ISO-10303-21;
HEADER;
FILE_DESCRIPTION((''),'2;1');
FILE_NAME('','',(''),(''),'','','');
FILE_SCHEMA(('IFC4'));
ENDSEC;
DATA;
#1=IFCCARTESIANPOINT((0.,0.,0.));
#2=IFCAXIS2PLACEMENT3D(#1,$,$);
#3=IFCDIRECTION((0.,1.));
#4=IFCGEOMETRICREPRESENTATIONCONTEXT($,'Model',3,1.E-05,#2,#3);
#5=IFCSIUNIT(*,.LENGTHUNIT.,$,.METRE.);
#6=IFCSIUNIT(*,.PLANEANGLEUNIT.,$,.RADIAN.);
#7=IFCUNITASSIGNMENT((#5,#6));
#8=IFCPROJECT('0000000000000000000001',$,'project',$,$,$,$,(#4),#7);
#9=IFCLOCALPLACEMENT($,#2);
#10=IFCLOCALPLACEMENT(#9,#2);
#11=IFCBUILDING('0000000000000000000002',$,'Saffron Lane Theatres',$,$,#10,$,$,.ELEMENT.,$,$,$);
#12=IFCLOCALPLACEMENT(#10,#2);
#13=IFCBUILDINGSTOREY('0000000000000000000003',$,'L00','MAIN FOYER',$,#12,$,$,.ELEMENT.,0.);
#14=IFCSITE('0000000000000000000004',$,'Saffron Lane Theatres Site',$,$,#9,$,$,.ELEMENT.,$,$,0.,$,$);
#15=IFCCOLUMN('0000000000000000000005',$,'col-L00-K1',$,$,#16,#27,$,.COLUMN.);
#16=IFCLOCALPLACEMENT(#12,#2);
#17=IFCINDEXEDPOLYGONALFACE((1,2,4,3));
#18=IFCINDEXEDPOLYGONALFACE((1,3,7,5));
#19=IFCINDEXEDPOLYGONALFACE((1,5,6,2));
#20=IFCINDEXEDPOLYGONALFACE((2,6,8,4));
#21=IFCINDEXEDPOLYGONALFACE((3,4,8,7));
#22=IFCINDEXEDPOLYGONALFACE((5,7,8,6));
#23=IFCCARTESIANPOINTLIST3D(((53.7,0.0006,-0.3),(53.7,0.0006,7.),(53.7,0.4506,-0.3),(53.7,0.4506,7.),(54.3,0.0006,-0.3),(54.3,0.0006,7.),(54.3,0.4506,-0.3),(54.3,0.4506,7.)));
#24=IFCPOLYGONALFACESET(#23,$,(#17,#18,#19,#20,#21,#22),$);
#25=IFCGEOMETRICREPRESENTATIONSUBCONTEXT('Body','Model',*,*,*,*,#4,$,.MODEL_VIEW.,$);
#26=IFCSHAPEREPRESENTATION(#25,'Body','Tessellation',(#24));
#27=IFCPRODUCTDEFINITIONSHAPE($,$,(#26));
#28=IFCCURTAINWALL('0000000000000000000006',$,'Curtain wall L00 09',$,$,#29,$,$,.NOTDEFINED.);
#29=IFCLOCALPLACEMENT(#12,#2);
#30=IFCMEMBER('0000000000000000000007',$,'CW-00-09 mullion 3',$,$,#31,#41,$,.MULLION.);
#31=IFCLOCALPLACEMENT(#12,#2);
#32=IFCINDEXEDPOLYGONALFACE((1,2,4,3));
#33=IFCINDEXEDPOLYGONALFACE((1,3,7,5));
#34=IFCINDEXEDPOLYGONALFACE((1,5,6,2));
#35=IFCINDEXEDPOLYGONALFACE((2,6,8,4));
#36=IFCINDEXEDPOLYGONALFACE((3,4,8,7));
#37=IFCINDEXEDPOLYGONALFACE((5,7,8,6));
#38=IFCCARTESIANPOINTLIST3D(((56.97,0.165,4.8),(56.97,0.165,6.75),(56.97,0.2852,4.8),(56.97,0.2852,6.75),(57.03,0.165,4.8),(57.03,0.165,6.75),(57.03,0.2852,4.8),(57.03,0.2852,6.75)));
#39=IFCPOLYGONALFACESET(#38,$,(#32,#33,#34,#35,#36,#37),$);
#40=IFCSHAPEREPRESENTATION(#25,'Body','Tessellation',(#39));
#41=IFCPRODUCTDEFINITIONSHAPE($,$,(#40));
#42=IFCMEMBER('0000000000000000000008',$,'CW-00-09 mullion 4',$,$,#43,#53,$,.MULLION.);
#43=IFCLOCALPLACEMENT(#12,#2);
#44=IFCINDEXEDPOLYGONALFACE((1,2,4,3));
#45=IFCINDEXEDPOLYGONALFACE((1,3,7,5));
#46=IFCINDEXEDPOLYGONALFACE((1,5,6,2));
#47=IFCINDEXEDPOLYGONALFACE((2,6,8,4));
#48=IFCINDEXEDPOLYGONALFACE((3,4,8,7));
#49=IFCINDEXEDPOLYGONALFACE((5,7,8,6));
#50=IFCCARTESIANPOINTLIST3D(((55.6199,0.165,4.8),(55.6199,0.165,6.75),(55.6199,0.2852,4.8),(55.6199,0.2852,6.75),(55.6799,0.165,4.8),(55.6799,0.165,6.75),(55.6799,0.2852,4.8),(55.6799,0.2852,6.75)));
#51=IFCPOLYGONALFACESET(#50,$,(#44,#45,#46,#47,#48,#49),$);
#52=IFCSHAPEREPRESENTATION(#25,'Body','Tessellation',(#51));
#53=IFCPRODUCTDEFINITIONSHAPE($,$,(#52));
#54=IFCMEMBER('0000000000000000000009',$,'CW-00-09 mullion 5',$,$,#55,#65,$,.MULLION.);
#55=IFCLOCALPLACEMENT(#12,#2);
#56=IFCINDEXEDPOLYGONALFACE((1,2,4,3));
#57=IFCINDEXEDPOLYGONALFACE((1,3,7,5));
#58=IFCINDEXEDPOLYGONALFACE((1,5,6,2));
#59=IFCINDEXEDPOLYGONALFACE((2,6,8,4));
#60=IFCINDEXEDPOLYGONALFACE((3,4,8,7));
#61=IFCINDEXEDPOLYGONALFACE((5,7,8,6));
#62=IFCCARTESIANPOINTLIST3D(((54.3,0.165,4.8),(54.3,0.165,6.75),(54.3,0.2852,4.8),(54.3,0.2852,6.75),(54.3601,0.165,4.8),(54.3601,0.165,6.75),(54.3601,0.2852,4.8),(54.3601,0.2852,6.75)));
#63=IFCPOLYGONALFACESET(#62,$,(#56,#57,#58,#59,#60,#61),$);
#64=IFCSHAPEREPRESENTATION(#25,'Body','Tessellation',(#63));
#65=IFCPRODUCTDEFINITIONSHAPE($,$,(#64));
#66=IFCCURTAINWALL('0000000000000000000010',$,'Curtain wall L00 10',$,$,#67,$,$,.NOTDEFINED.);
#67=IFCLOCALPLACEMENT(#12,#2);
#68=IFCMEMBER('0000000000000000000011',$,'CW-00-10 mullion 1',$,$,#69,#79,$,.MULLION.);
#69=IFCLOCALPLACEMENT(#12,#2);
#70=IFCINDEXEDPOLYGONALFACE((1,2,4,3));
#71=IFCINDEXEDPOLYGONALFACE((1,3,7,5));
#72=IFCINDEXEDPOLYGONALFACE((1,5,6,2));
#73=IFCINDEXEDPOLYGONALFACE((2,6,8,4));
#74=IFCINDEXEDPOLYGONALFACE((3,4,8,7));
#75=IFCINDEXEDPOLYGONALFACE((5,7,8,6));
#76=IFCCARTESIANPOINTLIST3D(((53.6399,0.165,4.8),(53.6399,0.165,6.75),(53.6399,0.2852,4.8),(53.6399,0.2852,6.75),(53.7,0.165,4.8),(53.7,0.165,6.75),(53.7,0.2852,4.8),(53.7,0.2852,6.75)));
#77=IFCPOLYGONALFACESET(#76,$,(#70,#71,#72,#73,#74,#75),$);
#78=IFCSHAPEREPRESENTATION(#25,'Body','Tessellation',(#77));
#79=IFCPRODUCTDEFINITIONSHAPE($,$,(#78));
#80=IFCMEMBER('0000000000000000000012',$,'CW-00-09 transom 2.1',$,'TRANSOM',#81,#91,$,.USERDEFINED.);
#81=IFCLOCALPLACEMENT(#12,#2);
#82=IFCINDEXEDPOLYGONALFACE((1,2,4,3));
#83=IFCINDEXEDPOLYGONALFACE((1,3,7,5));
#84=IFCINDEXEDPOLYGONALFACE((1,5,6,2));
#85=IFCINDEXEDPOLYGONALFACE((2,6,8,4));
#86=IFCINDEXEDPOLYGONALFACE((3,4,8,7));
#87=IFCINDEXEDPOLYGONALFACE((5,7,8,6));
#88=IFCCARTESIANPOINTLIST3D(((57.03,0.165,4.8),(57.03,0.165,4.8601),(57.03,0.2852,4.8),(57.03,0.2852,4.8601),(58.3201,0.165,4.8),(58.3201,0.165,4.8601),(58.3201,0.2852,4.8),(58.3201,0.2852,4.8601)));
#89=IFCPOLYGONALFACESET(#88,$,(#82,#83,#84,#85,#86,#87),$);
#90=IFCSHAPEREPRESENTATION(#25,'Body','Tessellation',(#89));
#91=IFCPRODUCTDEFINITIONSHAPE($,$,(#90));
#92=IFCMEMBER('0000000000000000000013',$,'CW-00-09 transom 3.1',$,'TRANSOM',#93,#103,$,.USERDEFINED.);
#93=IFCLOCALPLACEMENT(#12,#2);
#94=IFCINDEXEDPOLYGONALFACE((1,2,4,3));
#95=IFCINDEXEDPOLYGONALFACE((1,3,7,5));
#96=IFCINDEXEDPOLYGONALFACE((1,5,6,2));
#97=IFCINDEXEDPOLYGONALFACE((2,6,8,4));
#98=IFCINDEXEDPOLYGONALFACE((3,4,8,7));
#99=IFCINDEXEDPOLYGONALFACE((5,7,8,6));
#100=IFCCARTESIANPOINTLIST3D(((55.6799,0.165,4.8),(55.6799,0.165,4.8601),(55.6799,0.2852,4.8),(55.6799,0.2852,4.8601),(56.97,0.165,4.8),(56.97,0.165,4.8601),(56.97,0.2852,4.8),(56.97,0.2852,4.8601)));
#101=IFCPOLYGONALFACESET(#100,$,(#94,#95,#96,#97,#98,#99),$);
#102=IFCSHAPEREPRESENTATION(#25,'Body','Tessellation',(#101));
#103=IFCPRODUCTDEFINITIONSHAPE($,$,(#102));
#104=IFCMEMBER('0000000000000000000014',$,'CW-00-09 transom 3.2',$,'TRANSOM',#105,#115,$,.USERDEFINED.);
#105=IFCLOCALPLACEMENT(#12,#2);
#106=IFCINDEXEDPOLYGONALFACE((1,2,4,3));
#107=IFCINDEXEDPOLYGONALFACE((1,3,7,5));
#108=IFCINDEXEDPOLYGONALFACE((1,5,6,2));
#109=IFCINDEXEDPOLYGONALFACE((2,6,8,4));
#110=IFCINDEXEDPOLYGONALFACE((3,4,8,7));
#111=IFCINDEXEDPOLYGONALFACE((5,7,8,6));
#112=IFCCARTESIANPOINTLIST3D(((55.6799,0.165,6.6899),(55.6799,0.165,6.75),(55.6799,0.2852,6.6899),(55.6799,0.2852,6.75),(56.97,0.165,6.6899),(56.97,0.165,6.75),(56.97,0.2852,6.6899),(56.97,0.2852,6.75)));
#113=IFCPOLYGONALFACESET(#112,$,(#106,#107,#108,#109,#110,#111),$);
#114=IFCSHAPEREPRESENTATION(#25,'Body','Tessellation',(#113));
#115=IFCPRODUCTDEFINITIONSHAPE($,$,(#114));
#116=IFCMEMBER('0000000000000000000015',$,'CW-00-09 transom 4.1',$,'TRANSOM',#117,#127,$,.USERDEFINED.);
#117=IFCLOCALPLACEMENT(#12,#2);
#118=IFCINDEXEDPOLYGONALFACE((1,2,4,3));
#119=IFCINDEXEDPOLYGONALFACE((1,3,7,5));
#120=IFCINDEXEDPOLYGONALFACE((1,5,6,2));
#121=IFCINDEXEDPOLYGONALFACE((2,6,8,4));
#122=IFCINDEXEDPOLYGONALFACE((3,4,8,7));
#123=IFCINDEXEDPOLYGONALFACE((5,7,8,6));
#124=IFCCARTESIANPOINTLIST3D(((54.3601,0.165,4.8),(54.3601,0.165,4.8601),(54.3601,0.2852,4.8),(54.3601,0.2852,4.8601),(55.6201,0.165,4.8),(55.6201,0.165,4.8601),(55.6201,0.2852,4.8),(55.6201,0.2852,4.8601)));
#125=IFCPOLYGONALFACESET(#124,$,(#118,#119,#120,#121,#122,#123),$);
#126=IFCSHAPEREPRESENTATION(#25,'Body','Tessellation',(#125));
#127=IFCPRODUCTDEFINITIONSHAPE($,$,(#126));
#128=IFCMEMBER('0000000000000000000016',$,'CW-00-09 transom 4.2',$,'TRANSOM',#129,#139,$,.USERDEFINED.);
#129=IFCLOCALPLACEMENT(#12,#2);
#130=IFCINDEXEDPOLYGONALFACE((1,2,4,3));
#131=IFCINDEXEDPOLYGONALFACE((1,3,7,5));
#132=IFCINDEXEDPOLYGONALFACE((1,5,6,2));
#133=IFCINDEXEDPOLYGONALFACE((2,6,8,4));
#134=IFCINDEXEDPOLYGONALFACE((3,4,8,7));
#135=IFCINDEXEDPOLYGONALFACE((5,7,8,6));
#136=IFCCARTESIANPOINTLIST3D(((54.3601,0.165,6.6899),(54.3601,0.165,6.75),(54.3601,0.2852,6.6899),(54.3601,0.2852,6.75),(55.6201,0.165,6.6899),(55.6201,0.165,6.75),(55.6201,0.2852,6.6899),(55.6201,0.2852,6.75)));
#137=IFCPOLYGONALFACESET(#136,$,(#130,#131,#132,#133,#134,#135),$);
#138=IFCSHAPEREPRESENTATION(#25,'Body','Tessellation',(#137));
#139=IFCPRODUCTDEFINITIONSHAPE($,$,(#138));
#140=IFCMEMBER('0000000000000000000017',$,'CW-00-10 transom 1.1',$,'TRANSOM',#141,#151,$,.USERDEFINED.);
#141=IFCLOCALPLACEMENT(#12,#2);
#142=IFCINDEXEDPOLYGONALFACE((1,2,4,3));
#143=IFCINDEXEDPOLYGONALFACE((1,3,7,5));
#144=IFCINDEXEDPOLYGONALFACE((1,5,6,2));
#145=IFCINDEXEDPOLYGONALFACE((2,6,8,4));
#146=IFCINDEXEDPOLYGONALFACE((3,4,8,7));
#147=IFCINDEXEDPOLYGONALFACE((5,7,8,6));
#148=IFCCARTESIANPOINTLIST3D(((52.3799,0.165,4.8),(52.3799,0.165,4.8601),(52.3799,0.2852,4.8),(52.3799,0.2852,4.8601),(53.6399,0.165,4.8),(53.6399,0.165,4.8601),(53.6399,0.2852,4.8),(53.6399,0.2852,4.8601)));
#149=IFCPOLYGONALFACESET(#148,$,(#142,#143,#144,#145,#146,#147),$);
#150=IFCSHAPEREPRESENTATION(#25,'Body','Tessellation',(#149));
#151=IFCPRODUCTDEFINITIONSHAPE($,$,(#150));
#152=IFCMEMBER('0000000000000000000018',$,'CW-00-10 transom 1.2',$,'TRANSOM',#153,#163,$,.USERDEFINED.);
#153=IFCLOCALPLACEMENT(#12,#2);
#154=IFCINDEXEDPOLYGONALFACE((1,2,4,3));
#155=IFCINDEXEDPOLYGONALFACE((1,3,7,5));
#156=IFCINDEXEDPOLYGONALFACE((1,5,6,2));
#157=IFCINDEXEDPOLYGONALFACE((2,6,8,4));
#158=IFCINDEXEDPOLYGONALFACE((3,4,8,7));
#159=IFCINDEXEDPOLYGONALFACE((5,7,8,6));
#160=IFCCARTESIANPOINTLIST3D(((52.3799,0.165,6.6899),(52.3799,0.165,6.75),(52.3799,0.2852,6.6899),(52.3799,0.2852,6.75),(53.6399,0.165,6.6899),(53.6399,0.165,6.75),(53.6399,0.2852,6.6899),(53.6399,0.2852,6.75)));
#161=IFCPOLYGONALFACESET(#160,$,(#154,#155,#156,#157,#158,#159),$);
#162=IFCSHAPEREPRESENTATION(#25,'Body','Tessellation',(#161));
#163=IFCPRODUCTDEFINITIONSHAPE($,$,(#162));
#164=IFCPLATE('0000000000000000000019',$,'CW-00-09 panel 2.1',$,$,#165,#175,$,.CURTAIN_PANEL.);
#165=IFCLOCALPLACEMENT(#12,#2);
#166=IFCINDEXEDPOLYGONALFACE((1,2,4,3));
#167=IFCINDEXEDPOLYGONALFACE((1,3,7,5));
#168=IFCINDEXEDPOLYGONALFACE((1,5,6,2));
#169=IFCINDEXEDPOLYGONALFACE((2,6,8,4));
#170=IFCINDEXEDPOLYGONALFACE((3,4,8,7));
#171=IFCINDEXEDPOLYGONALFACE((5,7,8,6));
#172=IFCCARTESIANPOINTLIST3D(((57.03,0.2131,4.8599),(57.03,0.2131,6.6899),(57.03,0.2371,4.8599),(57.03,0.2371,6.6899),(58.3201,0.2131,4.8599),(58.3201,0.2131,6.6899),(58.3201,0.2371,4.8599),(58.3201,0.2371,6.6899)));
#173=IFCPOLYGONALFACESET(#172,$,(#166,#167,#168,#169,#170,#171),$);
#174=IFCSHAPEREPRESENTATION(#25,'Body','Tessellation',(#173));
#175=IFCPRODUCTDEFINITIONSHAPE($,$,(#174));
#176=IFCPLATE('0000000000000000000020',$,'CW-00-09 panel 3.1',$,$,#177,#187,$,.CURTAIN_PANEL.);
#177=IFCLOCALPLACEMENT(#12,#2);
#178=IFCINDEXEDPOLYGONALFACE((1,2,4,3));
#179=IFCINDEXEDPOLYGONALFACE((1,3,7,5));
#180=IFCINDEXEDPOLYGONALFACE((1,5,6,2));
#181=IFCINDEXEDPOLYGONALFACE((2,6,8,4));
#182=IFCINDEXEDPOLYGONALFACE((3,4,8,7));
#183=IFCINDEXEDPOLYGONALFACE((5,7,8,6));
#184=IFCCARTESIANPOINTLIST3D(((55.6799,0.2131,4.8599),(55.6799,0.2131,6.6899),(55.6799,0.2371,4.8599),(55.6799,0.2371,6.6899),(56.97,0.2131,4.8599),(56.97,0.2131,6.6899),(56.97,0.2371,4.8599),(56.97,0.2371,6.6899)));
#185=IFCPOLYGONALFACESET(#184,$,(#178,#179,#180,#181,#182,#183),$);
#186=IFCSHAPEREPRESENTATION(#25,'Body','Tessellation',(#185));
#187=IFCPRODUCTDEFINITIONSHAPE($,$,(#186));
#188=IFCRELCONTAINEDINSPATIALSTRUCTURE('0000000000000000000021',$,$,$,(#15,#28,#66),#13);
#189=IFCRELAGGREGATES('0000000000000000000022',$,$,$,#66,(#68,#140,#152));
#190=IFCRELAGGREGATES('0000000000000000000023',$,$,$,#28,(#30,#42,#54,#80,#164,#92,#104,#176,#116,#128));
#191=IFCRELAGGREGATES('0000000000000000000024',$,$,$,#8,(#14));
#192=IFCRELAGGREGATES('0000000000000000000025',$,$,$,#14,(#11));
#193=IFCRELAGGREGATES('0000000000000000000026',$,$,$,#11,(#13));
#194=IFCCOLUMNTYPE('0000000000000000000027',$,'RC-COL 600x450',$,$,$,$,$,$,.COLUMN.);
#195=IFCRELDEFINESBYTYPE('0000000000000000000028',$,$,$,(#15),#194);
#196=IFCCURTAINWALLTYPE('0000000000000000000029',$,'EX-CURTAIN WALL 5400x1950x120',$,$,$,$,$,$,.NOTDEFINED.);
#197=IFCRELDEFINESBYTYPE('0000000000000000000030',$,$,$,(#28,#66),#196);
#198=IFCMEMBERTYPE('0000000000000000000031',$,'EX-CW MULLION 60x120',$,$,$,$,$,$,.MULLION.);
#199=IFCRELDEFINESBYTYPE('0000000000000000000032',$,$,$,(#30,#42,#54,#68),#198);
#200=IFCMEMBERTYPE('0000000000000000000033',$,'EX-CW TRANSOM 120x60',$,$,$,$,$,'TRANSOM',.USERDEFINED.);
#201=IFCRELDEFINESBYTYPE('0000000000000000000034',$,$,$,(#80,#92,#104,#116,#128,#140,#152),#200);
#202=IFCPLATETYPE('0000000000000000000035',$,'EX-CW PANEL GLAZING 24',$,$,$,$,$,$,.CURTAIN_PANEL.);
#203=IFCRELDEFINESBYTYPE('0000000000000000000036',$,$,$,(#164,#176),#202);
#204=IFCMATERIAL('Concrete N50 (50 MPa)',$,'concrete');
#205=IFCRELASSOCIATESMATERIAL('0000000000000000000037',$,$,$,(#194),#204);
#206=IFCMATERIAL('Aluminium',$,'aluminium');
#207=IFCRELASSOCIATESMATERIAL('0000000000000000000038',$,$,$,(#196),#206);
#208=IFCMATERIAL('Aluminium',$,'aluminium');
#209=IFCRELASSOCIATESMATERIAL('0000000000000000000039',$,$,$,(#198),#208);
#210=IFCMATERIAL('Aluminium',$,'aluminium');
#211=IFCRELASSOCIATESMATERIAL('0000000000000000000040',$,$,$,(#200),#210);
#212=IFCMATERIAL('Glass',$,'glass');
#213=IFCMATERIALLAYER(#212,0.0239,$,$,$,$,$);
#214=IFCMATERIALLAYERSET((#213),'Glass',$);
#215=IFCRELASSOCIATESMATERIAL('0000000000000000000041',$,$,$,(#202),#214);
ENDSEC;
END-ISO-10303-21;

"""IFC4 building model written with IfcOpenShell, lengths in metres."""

from ifc_helpers import new_model, si_unit, direction, frame, origin, origin_2d, place, context, subcontext, project, spatial, rectangle, extrude, material, layer, layer_set, material_profile, profile_set, type_object, element, aggregate, save


model = new_model("IFC4")

# Units and contexts
model_context = context("Model", 3, precision=1e-05, world=origin(), true_north=direction((0.0, 1.0)))
body_context = subcontext(model_context, "Body", "Model", "MODEL_VIEW")
ifc_project = project(units=[si_unit("LENGTHUNIT", "METRE"), si_unit("PLANEANGLEUNIT", "RADIAN")], contexts=[model_context])

# Site, building, storey
site_placement = place(None, origin())
site = spatial("IfcSite", under=ifc_project, at=site_placement, Name="Saffron Lane Theatres Site", CompositionType="ELEMENT", RefElevation=0.0)
building_placement = place(site_placement, origin())
building = spatial("IfcBuilding", under=site, at=building_placement, Name="Saffron Lane Theatres", CompositionType="ELEMENT")
storey_placement = place(building_placement, origin())
storey = spatial("IfcBuildingStorey", under=building, at=storey_placement, Name="L00", Description="MAIN FOYER", CompositionType="ELEMENT", Elevation=0.0)

# Column
ifc_material_1 = material(Name="Concrete N50 (50 MPa)", Category="concrete")
ifc_material_profile_1 = material_profile(ifc_material_1, rectangle(XDim=0.6001, YDim=0.45, at=origin_2d()))
ifc_profile_set_1 = profile_set([ifc_material_profile_1], Name="Concrete N50 (50 MPa)")
column_type = type_object("IfcColumnType", Name="RC-COL 600x450", PredefinedType="COLUMN", material=ifc_profile_set_1)
column_placement = place(storey_placement, frame((54.0, 0.2256, -0.3), z_axis=(0.0, 0.0, 1.0), x_axis=(1.0, 0.0, 0.0)))
element("IfcColumn", 1, at=column_placement, inside=storey, type_object=column_type, Name="col-L00-K1", PredefinedType="COLUMN", context=body_context, shape_type="SweptSolid", body=[
    extrude(rectangle(XDim=0.6001, YDim=0.45, at=origin_2d()), origin(), (0.0, 0.0, 1.0), 7.3),
])

# Curtain wall, members
ifc_material_2 = material(Name="Aluminium", Category="aluminium")
curtain_wall_type = type_object("IfcCurtainWallType", Name="EX-CURTAIN WALL 5400x1950x120", PredefinedType="NOTDEFINED", material=ifc_material_2)
curtain_wall_1_placement = place(storey_placement, origin())
curtain_wall_1 = element("IfcCurtainWall", 2, at=curtain_wall_1_placement, inside=storey, type_object=curtain_wall_type, Name="Curtain wall L00 09", PredefinedType="NOTDEFINED")
ifc_material_3 = material(Name="Aluminium", Category="aluminium")
ifc_material_profile_2 = material_profile(ifc_material_3, rectangle(XDim=0.0601, YDim=0.1201, at=origin_2d()))
ifc_profile_set_2 = profile_set([ifc_material_profile_2], Name="Aluminium")
member_type_1 = type_object("IfcMemberType", Name="EX-CW MULLION 60x120", PredefinedType="MULLION", material=ifc_profile_set_2)
member_1_placement = place(storey_placement, frame((57.0, 0.2251, 4.8), z_axis=(0.0, 0.0, 1.0), x_axis=(-1.0, 0.0, 0.0)))
member_1 = element("IfcMember", 3, at=member_1_placement, type_object=member_type_1, Name="CW-00-09 mullion 3", PredefinedType="MULLION", context=body_context, shape_type="SweptSolid", body=[
    extrude(rectangle(XDim=0.0601, YDim=0.1201, at=origin_2d()), origin(), (0.0, 0.0, 1.0), 1.95),
])
member_2_placement = place(storey_placement, frame((55.6499, 0.2251, 4.8), z_axis=(0.0, 0.0, 1.0), x_axis=(-1.0, 0.0, 0.0)))
member_2 = element("IfcMember", 4, at=member_2_placement, type_object=member_type_1, Name="CW-00-09 mullion 4", PredefinedType="MULLION", context=body_context, shape_type="SweptSolid", body=[
    extrude(rectangle(XDim=0.0601, YDim=0.1201, at=origin_2d()), origin(), (0.0, 0.0, 1.0), 1.95),
])
member_3_placement = place(storey_placement, frame((54.3301, 0.2251, 4.8), z_axis=(0.0, 0.0, 1.0), x_axis=(-1.0, 0.0, 0.0)))
member_3 = element("IfcMember", 5, at=member_3_placement, type_object=member_type_1, Name="CW-00-09 mullion 5", PredefinedType="MULLION", context=body_context, shape_type="SweptSolid", body=[
    extrude(rectangle(XDim=0.0601, YDim=0.1201, at=origin_2d()), origin(), (0.0, 0.0, 1.0), 1.95),
])

# Curtain wall, member
curtain_wall_2_placement = place(storey_placement, origin())
curtain_wall_2 = element("IfcCurtainWall", 6, at=curtain_wall_2_placement, inside=storey, type_object=curtain_wall_type, Name="Curtain wall L00 10", PredefinedType="NOTDEFINED")
member_4_placement = place(storey_placement, frame((53.6699, 0.2251, 4.8), z_axis=(0.0, 0.0, 1.0), x_axis=(-1.0, 0.0, 0.0)))
member_4 = element("IfcMember", 7, at=member_4_placement, type_object=member_type_1, Name="CW-00-10 mullion 1", PredefinedType="MULLION", context=body_context, shape_type="SweptSolid", body=[
    extrude(rectangle(XDim=0.0601, YDim=0.1201, at=origin_2d()), origin(), (0.0, 0.0, 1.0), 1.95),
])

# Members
ifc_material_4 = material(Name="Aluminium", Category="aluminium")
ifc_material_profile_3 = material_profile(ifc_material_4, rectangle(XDim=0.1201, YDim=0.0601, at=origin_2d()))
ifc_profile_set_3 = profile_set([ifc_material_profile_3], Name="Aluminium")
member_type_2 = type_object("IfcMemberType", Name="EX-CW TRANSOM 120x60", ElementType="TRANSOM", PredefinedType="USERDEFINED", material=ifc_profile_set_3)
member_5_placement = place(storey_placement, frame((58.3201, 0.2251, 4.8301), z_axis=(-1.0, 0.0, 0.0), x_axis=(0.0, -1.0, 0.0)))
member_5 = element("IfcMember", 8, at=member_5_placement, type_object=member_type_2, Name="CW-00-09 transom 2.1", ObjectType="TRANSOM", PredefinedType="USERDEFINED", context=body_context, shape_type="SweptSolid", body=[
    extrude(rectangle(XDim=0.1201, YDim=0.0601, at=origin_2d()), origin(), (0.0, 0.0, 1.0), 1.29),
])
member_6_placement = place(storey_placement, frame((56.97, 0.2251, 4.8301), z_axis=(-1.0, 0.0, 0.0), x_axis=(0.0, -1.0, 0.0)))
member_6 = element("IfcMember", 9, at=member_6_placement, type_object=member_type_2, Name="CW-00-09 transom 3.1", ObjectType="TRANSOM", PredefinedType="USERDEFINED", context=body_context, shape_type="SweptSolid", body=[
    extrude(rectangle(XDim=0.1201, YDim=0.0601, at=origin_2d()), origin(), (0.0, 0.0, 1.0), 1.29),
])
member_7_placement = place(storey_placement, frame((56.97, 0.2251, 6.72), z_axis=(-1.0, 0.0, 0.0), x_axis=(0.0, -1.0, 0.0)))
member_7 = element("IfcMember", 10, at=member_7_placement, type_object=member_type_2, Name="CW-00-09 transom 3.2", ObjectType="TRANSOM", PredefinedType="USERDEFINED", context=body_context, shape_type="SweptSolid", body=[
    extrude(rectangle(XDim=0.1201, YDim=0.0601, at=origin_2d()), origin(), (0.0, 0.0, 1.0), 1.29),
])
member_8_placement = place(storey_placement, frame((55.6201, 0.2251, 4.8301), z_axis=(-1.0, 0.0, 0.0), x_axis=(0.0, -1.0, 0.0)))
member_8 = element("IfcMember", 11, at=member_8_placement, type_object=member_type_2, Name="CW-00-09 transom 4.1", ObjectType="TRANSOM", PredefinedType="USERDEFINED", context=body_context, shape_type="SweptSolid", body=[
    extrude(rectangle(XDim=0.1201, YDim=0.0601, at=origin_2d()), origin(), (0.0, 0.0, 1.0), 1.26),
])
member_9_placement = place(storey_placement, frame((55.6201, 0.2251, 6.72), z_axis=(-1.0, 0.0, 0.0), x_axis=(0.0, -1.0, 0.0)))
member_9 = element("IfcMember", 12, at=member_9_placement, type_object=member_type_2, Name="CW-00-09 transom 4.2", ObjectType="TRANSOM", PredefinedType="USERDEFINED", context=body_context, shape_type="SweptSolid", body=[
    extrude(rectangle(XDim=0.1201, YDim=0.0601, at=origin_2d()), origin(), (0.0, 0.0, 1.0), 1.26),
])
member_10_placement = place(storey_placement, frame((53.6399, 0.2251, 4.8301), z_axis=(-1.0, 0.0, 0.0), x_axis=(0.0, -1.0, 0.0)))
member_10 = element("IfcMember", 13, at=member_10_placement, type_object=member_type_2, Name="CW-00-10 transom 1.1", ObjectType="TRANSOM", PredefinedType="USERDEFINED", context=body_context, shape_type="SweptSolid", body=[
    extrude(rectangle(XDim=0.1201, YDim=0.0601, at=origin_2d()), origin(), (0.0, 0.0, 1.0), 1.26),
])
member_11_placement = place(storey_placement, frame((53.6399, 0.2251, 6.72), z_axis=(-1.0, 0.0, 0.0), x_axis=(0.0, -1.0, 0.0)))
member_11 = element("IfcMember", 14, at=member_11_placement, type_object=member_type_2, Name="CW-00-10 transom 1.2", ObjectType="TRANSOM", PredefinedType="USERDEFINED", context=body_context, shape_type="SweptSolid", body=[
    extrude(rectangle(XDim=0.1201, YDim=0.0601, at=origin_2d()), origin(), (0.0, 0.0, 1.0), 1.26),
])
aggregate(curtain_wall_2, [member_4, member_10, member_11])

# Plates
ifc_material_5 = material(Name="Glass", Category="glass")
ifc_layer_1 = layer(ifc_material_5, 0.0239)
ifc_layer_set_1 = layer_set([ifc_layer_1], Name="Glass")
plate_type = type_object("IfcPlateType", Name="EX-CW PANEL GLAZING 24", PredefinedType="CURTAIN_PANEL", material=ifc_layer_set_1)
plate_1_placement = place(storey_placement, frame((57.675, 0.2251, 4.8599), z_axis=(0.0, 0.0, 1.0), x_axis=(-1.0, 0.0, 0.0)))
plate_1 = element("IfcPlate", 15, at=plate_1_placement, type_object=plate_type, Name="CW-00-09 panel 2.1", PredefinedType="CURTAIN_PANEL", context=body_context, shape_type="SweptSolid", body=[
    extrude(rectangle(XDim=1.29, YDim=0.0239, at=origin_2d()), origin(), (0.0, 0.0, 1.0), 1.8301),
])
plate_2_placement = place(storey_placement, frame((56.325, 0.2251, 4.8599), z_axis=(0.0, 0.0, 1.0), x_axis=(-1.0, 0.0, 0.0)))
plate_2 = element("IfcPlate", 16, at=plate_2_placement, type_object=plate_type, Name="CW-00-09 panel 3.1", PredefinedType="CURTAIN_PANEL", context=body_context, shape_type="SweptSolid", body=[
    extrude(rectangle(XDim=1.29, YDim=0.0239, at=origin_2d()), origin(), (0.0, 0.0, 1.0), 1.8301),
])
aggregate(curtain_wall_1, [member_1, member_2, member_3, member_5, plate_1, member_6, member_7, plate_2, member_8, member_9])

save(model, "model.ifc")
